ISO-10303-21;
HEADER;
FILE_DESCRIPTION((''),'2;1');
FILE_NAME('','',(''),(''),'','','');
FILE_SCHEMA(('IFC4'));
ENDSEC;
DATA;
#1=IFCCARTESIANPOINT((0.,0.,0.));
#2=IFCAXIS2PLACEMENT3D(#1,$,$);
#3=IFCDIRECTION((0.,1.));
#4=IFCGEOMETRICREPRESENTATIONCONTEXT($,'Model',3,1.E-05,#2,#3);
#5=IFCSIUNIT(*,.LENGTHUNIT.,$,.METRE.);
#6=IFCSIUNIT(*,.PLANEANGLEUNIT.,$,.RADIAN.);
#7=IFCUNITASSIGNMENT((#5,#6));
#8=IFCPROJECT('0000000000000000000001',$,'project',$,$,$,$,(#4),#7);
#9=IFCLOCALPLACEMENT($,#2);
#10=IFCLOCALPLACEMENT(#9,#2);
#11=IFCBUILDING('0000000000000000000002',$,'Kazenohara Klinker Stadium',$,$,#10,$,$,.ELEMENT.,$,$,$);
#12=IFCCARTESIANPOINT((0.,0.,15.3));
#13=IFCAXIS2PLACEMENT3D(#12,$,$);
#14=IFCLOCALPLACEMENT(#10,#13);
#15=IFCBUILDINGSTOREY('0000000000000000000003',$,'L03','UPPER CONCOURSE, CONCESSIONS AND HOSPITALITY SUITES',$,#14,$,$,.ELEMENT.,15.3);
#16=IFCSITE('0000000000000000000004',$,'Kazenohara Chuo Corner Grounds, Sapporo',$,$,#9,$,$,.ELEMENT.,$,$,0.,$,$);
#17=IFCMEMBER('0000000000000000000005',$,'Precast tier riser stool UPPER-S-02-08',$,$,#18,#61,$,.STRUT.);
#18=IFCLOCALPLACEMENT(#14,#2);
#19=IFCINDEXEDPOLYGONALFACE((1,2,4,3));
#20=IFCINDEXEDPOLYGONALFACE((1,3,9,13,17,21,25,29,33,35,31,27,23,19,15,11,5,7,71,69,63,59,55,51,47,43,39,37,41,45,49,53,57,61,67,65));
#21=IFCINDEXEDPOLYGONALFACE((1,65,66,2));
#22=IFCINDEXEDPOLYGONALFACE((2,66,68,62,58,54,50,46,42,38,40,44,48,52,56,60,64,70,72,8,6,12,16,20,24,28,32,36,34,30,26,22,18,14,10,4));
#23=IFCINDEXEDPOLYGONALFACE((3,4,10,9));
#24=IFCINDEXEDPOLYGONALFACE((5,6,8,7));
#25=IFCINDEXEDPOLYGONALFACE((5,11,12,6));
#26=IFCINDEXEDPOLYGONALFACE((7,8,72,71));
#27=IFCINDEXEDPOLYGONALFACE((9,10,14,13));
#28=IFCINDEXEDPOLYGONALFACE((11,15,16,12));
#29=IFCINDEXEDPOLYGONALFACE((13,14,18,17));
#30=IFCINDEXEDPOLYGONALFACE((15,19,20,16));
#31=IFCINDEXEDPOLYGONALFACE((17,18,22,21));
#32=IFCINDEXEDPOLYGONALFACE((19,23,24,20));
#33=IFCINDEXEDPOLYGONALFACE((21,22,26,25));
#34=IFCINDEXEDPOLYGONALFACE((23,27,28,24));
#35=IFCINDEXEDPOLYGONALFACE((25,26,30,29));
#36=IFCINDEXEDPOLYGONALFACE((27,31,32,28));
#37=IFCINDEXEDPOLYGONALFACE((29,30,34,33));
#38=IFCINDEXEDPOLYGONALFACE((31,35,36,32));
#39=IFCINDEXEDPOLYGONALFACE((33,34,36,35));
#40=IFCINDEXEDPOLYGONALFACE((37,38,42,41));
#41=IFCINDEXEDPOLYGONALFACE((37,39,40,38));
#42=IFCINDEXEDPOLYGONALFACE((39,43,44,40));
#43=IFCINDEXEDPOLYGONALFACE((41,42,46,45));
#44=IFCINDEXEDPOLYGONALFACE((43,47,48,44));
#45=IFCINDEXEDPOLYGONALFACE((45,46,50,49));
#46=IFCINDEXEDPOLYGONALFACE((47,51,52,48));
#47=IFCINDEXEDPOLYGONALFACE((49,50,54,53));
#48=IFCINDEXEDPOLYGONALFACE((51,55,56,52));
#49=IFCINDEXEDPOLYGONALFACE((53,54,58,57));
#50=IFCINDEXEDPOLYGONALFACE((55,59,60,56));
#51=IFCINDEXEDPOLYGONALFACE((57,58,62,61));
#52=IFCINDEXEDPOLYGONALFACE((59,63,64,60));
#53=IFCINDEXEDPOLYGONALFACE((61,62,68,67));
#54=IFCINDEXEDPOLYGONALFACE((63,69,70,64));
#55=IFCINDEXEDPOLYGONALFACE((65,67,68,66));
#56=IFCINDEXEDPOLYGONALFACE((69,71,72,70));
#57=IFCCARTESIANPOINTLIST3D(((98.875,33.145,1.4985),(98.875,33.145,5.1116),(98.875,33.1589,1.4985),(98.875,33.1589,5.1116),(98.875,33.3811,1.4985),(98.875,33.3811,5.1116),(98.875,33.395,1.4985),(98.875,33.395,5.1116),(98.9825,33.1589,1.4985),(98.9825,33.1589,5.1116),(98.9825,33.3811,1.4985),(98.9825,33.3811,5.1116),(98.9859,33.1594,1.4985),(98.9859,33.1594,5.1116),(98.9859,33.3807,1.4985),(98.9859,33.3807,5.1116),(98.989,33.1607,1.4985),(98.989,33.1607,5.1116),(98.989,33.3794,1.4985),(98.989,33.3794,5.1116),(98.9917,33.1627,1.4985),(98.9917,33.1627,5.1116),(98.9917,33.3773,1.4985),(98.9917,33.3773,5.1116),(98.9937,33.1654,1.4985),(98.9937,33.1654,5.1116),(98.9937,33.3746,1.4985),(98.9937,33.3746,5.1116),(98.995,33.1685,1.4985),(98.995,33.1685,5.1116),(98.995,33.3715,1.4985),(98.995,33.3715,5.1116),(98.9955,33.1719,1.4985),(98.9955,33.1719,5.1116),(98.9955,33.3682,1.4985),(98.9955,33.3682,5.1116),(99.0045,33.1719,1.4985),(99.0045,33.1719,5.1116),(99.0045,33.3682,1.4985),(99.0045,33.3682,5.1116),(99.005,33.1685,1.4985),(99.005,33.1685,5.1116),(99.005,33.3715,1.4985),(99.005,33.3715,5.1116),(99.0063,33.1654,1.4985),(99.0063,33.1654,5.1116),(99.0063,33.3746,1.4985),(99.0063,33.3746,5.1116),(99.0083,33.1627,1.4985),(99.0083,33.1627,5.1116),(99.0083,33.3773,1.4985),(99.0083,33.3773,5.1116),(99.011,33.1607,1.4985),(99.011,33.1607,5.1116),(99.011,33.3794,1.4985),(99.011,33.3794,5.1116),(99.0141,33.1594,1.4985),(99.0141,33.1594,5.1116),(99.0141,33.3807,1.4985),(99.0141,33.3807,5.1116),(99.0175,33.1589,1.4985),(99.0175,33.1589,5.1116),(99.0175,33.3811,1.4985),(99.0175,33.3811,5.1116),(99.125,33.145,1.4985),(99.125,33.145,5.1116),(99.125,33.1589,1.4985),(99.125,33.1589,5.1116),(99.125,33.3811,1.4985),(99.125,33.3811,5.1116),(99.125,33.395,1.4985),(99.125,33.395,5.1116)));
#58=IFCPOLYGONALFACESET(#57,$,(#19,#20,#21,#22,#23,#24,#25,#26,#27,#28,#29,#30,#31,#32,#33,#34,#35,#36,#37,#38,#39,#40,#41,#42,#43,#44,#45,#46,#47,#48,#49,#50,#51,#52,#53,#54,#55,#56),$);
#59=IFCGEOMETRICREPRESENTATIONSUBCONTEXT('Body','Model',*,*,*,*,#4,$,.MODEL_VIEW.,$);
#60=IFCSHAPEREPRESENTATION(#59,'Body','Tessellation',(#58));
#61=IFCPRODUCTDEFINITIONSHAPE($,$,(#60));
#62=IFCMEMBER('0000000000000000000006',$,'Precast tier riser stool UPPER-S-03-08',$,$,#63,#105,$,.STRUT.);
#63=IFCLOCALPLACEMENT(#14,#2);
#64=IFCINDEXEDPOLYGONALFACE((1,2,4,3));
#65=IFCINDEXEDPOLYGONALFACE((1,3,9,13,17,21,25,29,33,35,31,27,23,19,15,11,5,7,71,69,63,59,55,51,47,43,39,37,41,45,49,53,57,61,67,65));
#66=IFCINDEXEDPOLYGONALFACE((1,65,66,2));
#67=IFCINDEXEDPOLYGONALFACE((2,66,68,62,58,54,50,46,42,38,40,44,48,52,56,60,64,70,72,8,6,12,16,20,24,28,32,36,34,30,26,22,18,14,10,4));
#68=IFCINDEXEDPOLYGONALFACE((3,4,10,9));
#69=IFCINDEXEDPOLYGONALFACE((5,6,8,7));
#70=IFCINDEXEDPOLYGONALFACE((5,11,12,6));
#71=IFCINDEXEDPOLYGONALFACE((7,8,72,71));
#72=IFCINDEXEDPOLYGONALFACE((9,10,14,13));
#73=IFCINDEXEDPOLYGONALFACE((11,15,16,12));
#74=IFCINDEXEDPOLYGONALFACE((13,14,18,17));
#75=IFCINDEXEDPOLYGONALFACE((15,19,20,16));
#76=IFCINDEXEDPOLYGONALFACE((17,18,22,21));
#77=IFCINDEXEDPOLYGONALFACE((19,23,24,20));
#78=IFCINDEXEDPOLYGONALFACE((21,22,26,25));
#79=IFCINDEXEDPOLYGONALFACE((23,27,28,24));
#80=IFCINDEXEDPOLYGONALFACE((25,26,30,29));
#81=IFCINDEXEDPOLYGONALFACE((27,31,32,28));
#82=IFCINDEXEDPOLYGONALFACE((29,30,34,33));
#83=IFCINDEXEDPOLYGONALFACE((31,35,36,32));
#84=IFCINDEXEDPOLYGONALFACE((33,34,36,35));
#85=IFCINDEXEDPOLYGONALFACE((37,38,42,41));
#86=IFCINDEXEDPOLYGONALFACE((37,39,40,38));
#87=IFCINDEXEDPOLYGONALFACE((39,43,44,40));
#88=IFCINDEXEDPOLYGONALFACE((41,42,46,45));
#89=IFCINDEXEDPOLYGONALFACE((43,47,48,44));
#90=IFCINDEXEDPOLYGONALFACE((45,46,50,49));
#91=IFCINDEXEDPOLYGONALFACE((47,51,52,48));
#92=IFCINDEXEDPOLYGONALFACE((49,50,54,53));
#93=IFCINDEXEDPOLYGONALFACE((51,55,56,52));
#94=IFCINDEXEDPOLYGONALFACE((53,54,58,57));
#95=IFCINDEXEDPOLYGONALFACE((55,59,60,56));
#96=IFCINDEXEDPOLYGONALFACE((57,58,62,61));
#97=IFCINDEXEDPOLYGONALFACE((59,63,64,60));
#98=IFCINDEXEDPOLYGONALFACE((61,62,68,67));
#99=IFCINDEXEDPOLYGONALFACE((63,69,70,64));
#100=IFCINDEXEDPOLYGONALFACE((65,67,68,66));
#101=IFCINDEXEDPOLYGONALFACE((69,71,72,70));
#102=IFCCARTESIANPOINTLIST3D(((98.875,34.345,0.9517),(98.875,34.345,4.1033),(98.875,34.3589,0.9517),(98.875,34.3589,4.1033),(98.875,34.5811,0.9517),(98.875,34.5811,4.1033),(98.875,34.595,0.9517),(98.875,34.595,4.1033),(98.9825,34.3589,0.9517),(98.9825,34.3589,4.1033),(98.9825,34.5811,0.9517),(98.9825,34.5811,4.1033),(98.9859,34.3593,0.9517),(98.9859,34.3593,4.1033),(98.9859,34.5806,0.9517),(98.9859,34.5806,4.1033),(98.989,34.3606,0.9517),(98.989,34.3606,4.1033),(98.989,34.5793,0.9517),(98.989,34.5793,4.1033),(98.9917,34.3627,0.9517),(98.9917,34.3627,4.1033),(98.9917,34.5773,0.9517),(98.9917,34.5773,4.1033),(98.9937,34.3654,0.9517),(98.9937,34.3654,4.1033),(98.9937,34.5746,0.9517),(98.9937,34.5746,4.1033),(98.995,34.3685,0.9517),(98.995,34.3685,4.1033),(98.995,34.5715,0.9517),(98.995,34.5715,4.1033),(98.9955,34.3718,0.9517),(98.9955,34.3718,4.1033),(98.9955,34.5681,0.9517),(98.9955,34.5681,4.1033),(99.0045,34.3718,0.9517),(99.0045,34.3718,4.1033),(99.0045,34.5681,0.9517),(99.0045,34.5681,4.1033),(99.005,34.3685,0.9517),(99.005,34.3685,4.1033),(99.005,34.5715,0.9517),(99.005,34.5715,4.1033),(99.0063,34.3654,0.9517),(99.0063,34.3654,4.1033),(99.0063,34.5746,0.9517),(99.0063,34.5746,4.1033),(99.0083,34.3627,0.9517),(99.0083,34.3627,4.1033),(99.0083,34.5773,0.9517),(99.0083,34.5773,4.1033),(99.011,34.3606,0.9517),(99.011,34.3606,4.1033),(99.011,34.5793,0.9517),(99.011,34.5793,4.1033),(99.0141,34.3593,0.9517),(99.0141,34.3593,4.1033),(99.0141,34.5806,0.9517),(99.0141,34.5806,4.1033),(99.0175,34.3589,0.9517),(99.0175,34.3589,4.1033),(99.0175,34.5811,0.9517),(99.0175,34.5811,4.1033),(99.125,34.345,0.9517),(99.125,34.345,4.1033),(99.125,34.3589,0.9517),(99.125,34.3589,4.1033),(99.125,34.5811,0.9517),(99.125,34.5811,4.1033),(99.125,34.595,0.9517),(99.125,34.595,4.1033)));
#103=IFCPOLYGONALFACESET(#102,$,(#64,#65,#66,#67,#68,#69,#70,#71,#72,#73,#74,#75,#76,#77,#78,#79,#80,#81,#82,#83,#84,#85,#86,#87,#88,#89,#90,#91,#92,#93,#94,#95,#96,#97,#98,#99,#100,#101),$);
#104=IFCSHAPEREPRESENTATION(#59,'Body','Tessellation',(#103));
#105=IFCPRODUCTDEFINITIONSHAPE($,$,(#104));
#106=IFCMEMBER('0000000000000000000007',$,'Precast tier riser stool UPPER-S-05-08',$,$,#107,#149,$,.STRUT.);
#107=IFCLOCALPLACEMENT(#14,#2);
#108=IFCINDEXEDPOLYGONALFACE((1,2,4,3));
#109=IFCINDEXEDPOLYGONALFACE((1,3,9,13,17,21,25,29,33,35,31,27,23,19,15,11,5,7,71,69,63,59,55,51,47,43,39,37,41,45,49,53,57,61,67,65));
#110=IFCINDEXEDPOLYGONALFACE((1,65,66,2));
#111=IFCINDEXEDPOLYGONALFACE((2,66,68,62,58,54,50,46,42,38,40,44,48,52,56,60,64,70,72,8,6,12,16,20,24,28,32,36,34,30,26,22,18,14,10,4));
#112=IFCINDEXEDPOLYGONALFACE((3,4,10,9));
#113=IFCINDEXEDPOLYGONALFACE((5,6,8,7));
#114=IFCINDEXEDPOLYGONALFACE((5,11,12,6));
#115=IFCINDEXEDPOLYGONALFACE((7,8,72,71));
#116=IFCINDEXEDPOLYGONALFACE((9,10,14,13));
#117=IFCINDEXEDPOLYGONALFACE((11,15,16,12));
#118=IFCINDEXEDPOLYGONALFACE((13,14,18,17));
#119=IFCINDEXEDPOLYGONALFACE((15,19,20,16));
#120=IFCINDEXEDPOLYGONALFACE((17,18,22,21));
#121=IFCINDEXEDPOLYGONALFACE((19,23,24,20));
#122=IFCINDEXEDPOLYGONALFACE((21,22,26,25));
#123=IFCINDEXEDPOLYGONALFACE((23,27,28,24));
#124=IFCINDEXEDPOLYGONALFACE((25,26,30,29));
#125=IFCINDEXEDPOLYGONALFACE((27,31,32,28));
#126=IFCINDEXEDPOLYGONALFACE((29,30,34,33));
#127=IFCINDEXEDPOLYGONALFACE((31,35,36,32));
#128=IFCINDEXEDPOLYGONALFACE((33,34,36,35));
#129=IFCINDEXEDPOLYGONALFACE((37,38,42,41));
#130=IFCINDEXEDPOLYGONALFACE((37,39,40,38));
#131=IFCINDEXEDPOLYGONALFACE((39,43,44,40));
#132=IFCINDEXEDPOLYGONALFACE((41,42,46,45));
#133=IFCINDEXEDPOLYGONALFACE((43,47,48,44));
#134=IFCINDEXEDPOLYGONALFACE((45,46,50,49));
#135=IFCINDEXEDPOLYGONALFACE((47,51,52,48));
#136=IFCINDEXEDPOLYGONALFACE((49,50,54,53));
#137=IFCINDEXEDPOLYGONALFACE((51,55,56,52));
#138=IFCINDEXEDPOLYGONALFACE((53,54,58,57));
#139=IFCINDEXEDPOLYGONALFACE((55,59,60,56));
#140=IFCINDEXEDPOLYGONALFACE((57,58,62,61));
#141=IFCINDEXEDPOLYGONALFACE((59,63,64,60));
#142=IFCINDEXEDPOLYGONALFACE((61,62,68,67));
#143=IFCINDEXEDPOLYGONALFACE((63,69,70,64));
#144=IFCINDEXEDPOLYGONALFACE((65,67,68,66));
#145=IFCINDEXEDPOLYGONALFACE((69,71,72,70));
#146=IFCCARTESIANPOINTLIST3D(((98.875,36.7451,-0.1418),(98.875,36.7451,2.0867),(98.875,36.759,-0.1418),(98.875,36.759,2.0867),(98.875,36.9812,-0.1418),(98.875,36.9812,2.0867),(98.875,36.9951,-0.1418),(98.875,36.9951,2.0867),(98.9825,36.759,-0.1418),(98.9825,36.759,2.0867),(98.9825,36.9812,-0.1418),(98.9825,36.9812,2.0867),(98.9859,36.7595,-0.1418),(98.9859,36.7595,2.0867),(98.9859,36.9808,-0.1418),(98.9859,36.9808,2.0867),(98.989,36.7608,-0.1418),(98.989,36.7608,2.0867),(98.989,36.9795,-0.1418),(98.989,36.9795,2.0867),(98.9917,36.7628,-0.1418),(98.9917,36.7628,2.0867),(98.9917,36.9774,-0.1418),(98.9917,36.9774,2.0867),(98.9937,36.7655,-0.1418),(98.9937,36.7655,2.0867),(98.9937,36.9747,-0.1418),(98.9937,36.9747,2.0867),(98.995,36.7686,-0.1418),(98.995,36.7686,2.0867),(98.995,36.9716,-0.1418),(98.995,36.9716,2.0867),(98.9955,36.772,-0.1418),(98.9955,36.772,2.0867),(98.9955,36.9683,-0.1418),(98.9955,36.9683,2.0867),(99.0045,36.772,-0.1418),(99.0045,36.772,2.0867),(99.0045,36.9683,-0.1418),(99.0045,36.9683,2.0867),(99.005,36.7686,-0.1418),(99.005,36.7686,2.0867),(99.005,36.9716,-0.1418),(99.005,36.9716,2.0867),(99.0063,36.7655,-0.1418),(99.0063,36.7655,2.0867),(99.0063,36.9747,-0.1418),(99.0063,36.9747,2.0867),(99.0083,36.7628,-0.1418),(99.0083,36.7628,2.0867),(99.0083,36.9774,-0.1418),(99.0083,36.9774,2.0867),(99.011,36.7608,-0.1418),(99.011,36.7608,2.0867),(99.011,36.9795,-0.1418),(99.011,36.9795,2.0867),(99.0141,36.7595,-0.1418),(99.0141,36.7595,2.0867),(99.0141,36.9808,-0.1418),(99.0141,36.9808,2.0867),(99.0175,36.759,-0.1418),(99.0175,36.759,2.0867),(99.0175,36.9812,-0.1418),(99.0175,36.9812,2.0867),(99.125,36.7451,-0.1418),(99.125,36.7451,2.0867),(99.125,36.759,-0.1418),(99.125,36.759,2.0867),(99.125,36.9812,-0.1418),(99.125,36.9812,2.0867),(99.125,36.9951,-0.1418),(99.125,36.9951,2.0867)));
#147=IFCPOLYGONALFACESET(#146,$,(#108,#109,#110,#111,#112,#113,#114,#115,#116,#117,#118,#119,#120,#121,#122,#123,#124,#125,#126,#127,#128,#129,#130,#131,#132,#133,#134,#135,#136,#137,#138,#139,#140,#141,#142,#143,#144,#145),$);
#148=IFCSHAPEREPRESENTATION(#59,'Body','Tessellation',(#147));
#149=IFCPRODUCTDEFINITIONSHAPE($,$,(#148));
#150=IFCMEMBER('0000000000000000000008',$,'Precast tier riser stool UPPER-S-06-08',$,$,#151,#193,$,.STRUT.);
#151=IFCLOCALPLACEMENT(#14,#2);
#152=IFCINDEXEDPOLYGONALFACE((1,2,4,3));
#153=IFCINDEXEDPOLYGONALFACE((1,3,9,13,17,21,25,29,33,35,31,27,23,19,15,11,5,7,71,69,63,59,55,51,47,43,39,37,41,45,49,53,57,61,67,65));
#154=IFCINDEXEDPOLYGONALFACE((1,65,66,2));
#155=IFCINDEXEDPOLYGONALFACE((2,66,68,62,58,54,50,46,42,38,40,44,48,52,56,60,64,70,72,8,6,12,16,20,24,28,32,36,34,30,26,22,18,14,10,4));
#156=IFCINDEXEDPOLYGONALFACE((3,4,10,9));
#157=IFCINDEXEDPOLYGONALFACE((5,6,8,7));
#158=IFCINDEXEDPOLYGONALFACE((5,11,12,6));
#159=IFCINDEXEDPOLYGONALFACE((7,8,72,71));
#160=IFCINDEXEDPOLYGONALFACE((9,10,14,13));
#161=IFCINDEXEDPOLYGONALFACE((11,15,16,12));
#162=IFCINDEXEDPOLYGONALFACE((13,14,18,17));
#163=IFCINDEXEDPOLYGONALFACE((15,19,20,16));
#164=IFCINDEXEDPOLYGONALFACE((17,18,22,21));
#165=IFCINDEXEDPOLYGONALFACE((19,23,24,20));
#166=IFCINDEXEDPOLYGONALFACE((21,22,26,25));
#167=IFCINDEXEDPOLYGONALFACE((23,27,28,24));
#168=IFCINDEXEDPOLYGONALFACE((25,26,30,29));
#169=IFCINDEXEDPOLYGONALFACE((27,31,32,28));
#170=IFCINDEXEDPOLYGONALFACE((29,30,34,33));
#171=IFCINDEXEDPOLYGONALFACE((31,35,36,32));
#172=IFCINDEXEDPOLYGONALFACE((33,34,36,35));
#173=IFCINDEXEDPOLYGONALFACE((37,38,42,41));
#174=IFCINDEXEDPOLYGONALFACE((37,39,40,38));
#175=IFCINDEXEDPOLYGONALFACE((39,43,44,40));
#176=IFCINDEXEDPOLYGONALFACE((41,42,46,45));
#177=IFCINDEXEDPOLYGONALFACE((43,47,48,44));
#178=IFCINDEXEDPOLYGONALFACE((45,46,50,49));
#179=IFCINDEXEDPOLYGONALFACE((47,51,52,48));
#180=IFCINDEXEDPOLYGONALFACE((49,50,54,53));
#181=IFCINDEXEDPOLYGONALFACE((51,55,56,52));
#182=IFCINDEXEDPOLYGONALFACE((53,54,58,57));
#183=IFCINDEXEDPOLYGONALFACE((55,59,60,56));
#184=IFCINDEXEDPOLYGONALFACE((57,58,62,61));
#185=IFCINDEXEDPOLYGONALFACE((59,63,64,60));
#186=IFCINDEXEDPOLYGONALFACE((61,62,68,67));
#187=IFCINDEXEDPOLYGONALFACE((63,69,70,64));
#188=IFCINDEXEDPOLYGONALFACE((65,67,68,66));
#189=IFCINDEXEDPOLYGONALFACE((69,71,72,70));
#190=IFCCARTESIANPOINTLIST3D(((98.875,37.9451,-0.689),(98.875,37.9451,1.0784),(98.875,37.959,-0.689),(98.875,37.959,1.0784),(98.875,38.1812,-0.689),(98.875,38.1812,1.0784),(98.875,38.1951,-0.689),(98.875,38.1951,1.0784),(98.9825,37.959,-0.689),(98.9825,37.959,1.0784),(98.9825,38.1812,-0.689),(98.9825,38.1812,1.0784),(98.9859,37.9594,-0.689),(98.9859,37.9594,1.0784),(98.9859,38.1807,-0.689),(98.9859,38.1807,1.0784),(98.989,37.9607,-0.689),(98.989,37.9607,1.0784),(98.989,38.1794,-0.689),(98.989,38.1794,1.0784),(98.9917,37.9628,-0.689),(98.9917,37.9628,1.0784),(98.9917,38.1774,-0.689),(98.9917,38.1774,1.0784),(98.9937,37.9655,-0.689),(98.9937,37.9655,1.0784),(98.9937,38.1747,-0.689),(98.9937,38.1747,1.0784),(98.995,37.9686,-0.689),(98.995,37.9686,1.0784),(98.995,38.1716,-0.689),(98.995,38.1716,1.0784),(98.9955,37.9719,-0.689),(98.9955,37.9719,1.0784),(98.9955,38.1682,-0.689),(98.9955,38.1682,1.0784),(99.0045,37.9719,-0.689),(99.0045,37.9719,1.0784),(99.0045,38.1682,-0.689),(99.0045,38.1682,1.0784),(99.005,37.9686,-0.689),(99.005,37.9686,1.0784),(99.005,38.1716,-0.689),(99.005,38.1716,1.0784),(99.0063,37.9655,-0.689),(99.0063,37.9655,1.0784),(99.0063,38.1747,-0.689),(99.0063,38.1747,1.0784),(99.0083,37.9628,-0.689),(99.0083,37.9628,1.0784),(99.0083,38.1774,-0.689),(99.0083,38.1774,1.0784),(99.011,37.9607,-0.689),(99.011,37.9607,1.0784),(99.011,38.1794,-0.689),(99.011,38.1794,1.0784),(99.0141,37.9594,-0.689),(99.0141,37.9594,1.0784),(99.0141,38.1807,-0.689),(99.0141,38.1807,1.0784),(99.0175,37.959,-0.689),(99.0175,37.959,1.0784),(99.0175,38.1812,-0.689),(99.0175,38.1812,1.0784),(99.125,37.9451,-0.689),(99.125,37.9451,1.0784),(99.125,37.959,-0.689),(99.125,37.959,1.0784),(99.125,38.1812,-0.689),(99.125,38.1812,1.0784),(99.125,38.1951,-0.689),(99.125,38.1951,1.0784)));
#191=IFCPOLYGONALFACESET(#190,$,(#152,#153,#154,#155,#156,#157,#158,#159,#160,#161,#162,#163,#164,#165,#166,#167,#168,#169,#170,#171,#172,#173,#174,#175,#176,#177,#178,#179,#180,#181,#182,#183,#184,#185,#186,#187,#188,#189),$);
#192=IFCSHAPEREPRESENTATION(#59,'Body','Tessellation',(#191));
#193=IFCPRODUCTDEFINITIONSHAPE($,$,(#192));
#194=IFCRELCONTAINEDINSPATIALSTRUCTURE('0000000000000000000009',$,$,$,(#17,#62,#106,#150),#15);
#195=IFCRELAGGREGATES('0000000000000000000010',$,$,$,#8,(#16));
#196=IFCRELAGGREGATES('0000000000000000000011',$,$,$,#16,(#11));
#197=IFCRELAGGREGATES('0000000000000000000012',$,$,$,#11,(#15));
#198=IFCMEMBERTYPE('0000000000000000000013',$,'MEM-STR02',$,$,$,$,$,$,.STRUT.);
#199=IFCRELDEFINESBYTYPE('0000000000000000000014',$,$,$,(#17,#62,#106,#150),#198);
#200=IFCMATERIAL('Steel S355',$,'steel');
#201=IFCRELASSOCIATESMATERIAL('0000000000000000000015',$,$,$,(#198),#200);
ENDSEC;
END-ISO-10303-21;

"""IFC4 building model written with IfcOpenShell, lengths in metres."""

from ifc_helpers import new_model, si_unit, direction, frame, origin, origin_2d, place, context, subcontext, project, spatial, i_section, extrude, material, material_profile, profile_set, type_object, element, save


model = new_model("IFC4")

# Units and contexts
model_context = context("Model", 3, precision=1e-05, world=origin(), true_north=direction((0.0, 1.0)))
body_context = subcontext(model_context, "Body", "Model", "MODEL_VIEW")
ifc_project = project(units=[si_unit("LENGTHUNIT", "METRE"), si_unit("PLANEANGLEUNIT", "RADIAN")], contexts=[model_context])

# Site, building, storey
site_placement = place(None, origin())
site = spatial("IfcSite", under=ifc_project, at=site_placement, Name="Kazenohara Chuo Corner Grounds, Sapporo", CompositionType="ELEMENT", RefElevation=0.0)
building_placement = place(site_placement, origin())
building = spatial("IfcBuilding", under=site, at=building_placement, Name="Kazenohara Klinker Stadium", CompositionType="ELEMENT")
storey_placement = place(building_placement, frame((0.0, 0.0, 15.3)))
storey = spatial("IfcBuildingStorey", under=building, at=storey_placement, Name="L03", Description="UPPER CONCOURSE, CONCESSIONS AND HOSPITALITY SUITES", CompositionType="ELEMENT", Elevation=15.3)

# Shared definitions
ifc_material_1 = material(Name="Steel S355", Category="steel")

# Members
ifc_material_profile_1 = material_profile(ifc_material_1, i_section(OverallWidth=0.25, OverallDepth=0.25, WebThickness=0.009, FlangeThickness=0.0139, FilletRadius=0.0129, at=origin_2d()), Name="H-250x250x9x14")
ifc_profile_set_1 = profile_set([ifc_material_profile_1], Name="Steel S355")
member_type_1 = type_object("IfcMemberType", Name="MEM-STR02", PredefinedType="STRUT", material=ifc_profile_set_1)
member_1_placement = place(storey_placement, frame((99.0, 33.27, 1.4985), z_axis=(0.0, 0.0, 1.0), x_axis=(1.0, 0.0, 0.0)))
element("IfcMember", 1, at=member_1_placement, inside=storey, type_object=member_type_1, Name="Precast tier riser stool UPPER-S-02-08", PredefinedType="STRUT", context=body_context, shape_type="SweptSolid", body=[
    extrude(i_section(OverallWidth=0.25, OverallDepth=0.25, WebThickness=0.009, FlangeThickness=0.0139, FilletRadius=0.0129, at=origin_2d()), origin(), (0.0, 0.0, 1.0), 3.613),
])
member_2_placement = place(storey_placement, frame((99.0, 34.47, 0.9517), z_axis=(0.0, 0.0, 1.0), x_axis=(1.0, 0.0, 0.0)))
element("IfcMember", 2, at=member_2_placement, inside=storey, type_object=member_type_1, Name="Precast tier riser stool UPPER-S-03-08", PredefinedType="STRUT", context=body_context, shape_type="SweptSolid", body=[
    extrude(i_section(OverallWidth=0.25, OverallDepth=0.25, WebThickness=0.009, FlangeThickness=0.0139, FilletRadius=0.0129, at=origin_2d()), origin(), (0.0, 0.0, 1.0), 3.1516),
])
member_3_placement = place(storey_placement, frame((99.0, 36.8701, -0.1418), z_axis=(0.0, 0.0, 1.0), x_axis=(1.0, 0.0, 0.0)))
element("IfcMember", 3, at=member_3_placement, inside=storey, type_object=member_type_1, Name="Precast tier riser stool UPPER-S-05-08", PredefinedType="STRUT", context=body_context, shape_type="SweptSolid", body=[
    extrude(i_section(OverallWidth=0.25, OverallDepth=0.25, WebThickness=0.009, FlangeThickness=0.0139, FilletRadius=0.0129, at=origin_2d()), origin(), (0.0, 0.0, 1.0), 2.2285),
])
member_4_placement = place(storey_placement, frame((99.0, 38.0701, -0.689), z_axis=(0.0, 0.0, 1.0), x_axis=(1.0, 0.0, 0.0)))
element("IfcMember", 4, at=member_4_placement, inside=storey, type_object=member_type_1, Name="Precast tier riser stool UPPER-S-06-08", PredefinedType="STRUT", context=body_context, shape_type="SweptSolid", body=[
    extrude(i_section(OverallWidth=0.25, OverallDepth=0.25, WebThickness=0.009, FlangeThickness=0.0139, FilletRadius=0.0129, at=origin_2d()), origin(), (0.0, 0.0, 1.0), 1.7673),
])

save(model, "model.ifc")
